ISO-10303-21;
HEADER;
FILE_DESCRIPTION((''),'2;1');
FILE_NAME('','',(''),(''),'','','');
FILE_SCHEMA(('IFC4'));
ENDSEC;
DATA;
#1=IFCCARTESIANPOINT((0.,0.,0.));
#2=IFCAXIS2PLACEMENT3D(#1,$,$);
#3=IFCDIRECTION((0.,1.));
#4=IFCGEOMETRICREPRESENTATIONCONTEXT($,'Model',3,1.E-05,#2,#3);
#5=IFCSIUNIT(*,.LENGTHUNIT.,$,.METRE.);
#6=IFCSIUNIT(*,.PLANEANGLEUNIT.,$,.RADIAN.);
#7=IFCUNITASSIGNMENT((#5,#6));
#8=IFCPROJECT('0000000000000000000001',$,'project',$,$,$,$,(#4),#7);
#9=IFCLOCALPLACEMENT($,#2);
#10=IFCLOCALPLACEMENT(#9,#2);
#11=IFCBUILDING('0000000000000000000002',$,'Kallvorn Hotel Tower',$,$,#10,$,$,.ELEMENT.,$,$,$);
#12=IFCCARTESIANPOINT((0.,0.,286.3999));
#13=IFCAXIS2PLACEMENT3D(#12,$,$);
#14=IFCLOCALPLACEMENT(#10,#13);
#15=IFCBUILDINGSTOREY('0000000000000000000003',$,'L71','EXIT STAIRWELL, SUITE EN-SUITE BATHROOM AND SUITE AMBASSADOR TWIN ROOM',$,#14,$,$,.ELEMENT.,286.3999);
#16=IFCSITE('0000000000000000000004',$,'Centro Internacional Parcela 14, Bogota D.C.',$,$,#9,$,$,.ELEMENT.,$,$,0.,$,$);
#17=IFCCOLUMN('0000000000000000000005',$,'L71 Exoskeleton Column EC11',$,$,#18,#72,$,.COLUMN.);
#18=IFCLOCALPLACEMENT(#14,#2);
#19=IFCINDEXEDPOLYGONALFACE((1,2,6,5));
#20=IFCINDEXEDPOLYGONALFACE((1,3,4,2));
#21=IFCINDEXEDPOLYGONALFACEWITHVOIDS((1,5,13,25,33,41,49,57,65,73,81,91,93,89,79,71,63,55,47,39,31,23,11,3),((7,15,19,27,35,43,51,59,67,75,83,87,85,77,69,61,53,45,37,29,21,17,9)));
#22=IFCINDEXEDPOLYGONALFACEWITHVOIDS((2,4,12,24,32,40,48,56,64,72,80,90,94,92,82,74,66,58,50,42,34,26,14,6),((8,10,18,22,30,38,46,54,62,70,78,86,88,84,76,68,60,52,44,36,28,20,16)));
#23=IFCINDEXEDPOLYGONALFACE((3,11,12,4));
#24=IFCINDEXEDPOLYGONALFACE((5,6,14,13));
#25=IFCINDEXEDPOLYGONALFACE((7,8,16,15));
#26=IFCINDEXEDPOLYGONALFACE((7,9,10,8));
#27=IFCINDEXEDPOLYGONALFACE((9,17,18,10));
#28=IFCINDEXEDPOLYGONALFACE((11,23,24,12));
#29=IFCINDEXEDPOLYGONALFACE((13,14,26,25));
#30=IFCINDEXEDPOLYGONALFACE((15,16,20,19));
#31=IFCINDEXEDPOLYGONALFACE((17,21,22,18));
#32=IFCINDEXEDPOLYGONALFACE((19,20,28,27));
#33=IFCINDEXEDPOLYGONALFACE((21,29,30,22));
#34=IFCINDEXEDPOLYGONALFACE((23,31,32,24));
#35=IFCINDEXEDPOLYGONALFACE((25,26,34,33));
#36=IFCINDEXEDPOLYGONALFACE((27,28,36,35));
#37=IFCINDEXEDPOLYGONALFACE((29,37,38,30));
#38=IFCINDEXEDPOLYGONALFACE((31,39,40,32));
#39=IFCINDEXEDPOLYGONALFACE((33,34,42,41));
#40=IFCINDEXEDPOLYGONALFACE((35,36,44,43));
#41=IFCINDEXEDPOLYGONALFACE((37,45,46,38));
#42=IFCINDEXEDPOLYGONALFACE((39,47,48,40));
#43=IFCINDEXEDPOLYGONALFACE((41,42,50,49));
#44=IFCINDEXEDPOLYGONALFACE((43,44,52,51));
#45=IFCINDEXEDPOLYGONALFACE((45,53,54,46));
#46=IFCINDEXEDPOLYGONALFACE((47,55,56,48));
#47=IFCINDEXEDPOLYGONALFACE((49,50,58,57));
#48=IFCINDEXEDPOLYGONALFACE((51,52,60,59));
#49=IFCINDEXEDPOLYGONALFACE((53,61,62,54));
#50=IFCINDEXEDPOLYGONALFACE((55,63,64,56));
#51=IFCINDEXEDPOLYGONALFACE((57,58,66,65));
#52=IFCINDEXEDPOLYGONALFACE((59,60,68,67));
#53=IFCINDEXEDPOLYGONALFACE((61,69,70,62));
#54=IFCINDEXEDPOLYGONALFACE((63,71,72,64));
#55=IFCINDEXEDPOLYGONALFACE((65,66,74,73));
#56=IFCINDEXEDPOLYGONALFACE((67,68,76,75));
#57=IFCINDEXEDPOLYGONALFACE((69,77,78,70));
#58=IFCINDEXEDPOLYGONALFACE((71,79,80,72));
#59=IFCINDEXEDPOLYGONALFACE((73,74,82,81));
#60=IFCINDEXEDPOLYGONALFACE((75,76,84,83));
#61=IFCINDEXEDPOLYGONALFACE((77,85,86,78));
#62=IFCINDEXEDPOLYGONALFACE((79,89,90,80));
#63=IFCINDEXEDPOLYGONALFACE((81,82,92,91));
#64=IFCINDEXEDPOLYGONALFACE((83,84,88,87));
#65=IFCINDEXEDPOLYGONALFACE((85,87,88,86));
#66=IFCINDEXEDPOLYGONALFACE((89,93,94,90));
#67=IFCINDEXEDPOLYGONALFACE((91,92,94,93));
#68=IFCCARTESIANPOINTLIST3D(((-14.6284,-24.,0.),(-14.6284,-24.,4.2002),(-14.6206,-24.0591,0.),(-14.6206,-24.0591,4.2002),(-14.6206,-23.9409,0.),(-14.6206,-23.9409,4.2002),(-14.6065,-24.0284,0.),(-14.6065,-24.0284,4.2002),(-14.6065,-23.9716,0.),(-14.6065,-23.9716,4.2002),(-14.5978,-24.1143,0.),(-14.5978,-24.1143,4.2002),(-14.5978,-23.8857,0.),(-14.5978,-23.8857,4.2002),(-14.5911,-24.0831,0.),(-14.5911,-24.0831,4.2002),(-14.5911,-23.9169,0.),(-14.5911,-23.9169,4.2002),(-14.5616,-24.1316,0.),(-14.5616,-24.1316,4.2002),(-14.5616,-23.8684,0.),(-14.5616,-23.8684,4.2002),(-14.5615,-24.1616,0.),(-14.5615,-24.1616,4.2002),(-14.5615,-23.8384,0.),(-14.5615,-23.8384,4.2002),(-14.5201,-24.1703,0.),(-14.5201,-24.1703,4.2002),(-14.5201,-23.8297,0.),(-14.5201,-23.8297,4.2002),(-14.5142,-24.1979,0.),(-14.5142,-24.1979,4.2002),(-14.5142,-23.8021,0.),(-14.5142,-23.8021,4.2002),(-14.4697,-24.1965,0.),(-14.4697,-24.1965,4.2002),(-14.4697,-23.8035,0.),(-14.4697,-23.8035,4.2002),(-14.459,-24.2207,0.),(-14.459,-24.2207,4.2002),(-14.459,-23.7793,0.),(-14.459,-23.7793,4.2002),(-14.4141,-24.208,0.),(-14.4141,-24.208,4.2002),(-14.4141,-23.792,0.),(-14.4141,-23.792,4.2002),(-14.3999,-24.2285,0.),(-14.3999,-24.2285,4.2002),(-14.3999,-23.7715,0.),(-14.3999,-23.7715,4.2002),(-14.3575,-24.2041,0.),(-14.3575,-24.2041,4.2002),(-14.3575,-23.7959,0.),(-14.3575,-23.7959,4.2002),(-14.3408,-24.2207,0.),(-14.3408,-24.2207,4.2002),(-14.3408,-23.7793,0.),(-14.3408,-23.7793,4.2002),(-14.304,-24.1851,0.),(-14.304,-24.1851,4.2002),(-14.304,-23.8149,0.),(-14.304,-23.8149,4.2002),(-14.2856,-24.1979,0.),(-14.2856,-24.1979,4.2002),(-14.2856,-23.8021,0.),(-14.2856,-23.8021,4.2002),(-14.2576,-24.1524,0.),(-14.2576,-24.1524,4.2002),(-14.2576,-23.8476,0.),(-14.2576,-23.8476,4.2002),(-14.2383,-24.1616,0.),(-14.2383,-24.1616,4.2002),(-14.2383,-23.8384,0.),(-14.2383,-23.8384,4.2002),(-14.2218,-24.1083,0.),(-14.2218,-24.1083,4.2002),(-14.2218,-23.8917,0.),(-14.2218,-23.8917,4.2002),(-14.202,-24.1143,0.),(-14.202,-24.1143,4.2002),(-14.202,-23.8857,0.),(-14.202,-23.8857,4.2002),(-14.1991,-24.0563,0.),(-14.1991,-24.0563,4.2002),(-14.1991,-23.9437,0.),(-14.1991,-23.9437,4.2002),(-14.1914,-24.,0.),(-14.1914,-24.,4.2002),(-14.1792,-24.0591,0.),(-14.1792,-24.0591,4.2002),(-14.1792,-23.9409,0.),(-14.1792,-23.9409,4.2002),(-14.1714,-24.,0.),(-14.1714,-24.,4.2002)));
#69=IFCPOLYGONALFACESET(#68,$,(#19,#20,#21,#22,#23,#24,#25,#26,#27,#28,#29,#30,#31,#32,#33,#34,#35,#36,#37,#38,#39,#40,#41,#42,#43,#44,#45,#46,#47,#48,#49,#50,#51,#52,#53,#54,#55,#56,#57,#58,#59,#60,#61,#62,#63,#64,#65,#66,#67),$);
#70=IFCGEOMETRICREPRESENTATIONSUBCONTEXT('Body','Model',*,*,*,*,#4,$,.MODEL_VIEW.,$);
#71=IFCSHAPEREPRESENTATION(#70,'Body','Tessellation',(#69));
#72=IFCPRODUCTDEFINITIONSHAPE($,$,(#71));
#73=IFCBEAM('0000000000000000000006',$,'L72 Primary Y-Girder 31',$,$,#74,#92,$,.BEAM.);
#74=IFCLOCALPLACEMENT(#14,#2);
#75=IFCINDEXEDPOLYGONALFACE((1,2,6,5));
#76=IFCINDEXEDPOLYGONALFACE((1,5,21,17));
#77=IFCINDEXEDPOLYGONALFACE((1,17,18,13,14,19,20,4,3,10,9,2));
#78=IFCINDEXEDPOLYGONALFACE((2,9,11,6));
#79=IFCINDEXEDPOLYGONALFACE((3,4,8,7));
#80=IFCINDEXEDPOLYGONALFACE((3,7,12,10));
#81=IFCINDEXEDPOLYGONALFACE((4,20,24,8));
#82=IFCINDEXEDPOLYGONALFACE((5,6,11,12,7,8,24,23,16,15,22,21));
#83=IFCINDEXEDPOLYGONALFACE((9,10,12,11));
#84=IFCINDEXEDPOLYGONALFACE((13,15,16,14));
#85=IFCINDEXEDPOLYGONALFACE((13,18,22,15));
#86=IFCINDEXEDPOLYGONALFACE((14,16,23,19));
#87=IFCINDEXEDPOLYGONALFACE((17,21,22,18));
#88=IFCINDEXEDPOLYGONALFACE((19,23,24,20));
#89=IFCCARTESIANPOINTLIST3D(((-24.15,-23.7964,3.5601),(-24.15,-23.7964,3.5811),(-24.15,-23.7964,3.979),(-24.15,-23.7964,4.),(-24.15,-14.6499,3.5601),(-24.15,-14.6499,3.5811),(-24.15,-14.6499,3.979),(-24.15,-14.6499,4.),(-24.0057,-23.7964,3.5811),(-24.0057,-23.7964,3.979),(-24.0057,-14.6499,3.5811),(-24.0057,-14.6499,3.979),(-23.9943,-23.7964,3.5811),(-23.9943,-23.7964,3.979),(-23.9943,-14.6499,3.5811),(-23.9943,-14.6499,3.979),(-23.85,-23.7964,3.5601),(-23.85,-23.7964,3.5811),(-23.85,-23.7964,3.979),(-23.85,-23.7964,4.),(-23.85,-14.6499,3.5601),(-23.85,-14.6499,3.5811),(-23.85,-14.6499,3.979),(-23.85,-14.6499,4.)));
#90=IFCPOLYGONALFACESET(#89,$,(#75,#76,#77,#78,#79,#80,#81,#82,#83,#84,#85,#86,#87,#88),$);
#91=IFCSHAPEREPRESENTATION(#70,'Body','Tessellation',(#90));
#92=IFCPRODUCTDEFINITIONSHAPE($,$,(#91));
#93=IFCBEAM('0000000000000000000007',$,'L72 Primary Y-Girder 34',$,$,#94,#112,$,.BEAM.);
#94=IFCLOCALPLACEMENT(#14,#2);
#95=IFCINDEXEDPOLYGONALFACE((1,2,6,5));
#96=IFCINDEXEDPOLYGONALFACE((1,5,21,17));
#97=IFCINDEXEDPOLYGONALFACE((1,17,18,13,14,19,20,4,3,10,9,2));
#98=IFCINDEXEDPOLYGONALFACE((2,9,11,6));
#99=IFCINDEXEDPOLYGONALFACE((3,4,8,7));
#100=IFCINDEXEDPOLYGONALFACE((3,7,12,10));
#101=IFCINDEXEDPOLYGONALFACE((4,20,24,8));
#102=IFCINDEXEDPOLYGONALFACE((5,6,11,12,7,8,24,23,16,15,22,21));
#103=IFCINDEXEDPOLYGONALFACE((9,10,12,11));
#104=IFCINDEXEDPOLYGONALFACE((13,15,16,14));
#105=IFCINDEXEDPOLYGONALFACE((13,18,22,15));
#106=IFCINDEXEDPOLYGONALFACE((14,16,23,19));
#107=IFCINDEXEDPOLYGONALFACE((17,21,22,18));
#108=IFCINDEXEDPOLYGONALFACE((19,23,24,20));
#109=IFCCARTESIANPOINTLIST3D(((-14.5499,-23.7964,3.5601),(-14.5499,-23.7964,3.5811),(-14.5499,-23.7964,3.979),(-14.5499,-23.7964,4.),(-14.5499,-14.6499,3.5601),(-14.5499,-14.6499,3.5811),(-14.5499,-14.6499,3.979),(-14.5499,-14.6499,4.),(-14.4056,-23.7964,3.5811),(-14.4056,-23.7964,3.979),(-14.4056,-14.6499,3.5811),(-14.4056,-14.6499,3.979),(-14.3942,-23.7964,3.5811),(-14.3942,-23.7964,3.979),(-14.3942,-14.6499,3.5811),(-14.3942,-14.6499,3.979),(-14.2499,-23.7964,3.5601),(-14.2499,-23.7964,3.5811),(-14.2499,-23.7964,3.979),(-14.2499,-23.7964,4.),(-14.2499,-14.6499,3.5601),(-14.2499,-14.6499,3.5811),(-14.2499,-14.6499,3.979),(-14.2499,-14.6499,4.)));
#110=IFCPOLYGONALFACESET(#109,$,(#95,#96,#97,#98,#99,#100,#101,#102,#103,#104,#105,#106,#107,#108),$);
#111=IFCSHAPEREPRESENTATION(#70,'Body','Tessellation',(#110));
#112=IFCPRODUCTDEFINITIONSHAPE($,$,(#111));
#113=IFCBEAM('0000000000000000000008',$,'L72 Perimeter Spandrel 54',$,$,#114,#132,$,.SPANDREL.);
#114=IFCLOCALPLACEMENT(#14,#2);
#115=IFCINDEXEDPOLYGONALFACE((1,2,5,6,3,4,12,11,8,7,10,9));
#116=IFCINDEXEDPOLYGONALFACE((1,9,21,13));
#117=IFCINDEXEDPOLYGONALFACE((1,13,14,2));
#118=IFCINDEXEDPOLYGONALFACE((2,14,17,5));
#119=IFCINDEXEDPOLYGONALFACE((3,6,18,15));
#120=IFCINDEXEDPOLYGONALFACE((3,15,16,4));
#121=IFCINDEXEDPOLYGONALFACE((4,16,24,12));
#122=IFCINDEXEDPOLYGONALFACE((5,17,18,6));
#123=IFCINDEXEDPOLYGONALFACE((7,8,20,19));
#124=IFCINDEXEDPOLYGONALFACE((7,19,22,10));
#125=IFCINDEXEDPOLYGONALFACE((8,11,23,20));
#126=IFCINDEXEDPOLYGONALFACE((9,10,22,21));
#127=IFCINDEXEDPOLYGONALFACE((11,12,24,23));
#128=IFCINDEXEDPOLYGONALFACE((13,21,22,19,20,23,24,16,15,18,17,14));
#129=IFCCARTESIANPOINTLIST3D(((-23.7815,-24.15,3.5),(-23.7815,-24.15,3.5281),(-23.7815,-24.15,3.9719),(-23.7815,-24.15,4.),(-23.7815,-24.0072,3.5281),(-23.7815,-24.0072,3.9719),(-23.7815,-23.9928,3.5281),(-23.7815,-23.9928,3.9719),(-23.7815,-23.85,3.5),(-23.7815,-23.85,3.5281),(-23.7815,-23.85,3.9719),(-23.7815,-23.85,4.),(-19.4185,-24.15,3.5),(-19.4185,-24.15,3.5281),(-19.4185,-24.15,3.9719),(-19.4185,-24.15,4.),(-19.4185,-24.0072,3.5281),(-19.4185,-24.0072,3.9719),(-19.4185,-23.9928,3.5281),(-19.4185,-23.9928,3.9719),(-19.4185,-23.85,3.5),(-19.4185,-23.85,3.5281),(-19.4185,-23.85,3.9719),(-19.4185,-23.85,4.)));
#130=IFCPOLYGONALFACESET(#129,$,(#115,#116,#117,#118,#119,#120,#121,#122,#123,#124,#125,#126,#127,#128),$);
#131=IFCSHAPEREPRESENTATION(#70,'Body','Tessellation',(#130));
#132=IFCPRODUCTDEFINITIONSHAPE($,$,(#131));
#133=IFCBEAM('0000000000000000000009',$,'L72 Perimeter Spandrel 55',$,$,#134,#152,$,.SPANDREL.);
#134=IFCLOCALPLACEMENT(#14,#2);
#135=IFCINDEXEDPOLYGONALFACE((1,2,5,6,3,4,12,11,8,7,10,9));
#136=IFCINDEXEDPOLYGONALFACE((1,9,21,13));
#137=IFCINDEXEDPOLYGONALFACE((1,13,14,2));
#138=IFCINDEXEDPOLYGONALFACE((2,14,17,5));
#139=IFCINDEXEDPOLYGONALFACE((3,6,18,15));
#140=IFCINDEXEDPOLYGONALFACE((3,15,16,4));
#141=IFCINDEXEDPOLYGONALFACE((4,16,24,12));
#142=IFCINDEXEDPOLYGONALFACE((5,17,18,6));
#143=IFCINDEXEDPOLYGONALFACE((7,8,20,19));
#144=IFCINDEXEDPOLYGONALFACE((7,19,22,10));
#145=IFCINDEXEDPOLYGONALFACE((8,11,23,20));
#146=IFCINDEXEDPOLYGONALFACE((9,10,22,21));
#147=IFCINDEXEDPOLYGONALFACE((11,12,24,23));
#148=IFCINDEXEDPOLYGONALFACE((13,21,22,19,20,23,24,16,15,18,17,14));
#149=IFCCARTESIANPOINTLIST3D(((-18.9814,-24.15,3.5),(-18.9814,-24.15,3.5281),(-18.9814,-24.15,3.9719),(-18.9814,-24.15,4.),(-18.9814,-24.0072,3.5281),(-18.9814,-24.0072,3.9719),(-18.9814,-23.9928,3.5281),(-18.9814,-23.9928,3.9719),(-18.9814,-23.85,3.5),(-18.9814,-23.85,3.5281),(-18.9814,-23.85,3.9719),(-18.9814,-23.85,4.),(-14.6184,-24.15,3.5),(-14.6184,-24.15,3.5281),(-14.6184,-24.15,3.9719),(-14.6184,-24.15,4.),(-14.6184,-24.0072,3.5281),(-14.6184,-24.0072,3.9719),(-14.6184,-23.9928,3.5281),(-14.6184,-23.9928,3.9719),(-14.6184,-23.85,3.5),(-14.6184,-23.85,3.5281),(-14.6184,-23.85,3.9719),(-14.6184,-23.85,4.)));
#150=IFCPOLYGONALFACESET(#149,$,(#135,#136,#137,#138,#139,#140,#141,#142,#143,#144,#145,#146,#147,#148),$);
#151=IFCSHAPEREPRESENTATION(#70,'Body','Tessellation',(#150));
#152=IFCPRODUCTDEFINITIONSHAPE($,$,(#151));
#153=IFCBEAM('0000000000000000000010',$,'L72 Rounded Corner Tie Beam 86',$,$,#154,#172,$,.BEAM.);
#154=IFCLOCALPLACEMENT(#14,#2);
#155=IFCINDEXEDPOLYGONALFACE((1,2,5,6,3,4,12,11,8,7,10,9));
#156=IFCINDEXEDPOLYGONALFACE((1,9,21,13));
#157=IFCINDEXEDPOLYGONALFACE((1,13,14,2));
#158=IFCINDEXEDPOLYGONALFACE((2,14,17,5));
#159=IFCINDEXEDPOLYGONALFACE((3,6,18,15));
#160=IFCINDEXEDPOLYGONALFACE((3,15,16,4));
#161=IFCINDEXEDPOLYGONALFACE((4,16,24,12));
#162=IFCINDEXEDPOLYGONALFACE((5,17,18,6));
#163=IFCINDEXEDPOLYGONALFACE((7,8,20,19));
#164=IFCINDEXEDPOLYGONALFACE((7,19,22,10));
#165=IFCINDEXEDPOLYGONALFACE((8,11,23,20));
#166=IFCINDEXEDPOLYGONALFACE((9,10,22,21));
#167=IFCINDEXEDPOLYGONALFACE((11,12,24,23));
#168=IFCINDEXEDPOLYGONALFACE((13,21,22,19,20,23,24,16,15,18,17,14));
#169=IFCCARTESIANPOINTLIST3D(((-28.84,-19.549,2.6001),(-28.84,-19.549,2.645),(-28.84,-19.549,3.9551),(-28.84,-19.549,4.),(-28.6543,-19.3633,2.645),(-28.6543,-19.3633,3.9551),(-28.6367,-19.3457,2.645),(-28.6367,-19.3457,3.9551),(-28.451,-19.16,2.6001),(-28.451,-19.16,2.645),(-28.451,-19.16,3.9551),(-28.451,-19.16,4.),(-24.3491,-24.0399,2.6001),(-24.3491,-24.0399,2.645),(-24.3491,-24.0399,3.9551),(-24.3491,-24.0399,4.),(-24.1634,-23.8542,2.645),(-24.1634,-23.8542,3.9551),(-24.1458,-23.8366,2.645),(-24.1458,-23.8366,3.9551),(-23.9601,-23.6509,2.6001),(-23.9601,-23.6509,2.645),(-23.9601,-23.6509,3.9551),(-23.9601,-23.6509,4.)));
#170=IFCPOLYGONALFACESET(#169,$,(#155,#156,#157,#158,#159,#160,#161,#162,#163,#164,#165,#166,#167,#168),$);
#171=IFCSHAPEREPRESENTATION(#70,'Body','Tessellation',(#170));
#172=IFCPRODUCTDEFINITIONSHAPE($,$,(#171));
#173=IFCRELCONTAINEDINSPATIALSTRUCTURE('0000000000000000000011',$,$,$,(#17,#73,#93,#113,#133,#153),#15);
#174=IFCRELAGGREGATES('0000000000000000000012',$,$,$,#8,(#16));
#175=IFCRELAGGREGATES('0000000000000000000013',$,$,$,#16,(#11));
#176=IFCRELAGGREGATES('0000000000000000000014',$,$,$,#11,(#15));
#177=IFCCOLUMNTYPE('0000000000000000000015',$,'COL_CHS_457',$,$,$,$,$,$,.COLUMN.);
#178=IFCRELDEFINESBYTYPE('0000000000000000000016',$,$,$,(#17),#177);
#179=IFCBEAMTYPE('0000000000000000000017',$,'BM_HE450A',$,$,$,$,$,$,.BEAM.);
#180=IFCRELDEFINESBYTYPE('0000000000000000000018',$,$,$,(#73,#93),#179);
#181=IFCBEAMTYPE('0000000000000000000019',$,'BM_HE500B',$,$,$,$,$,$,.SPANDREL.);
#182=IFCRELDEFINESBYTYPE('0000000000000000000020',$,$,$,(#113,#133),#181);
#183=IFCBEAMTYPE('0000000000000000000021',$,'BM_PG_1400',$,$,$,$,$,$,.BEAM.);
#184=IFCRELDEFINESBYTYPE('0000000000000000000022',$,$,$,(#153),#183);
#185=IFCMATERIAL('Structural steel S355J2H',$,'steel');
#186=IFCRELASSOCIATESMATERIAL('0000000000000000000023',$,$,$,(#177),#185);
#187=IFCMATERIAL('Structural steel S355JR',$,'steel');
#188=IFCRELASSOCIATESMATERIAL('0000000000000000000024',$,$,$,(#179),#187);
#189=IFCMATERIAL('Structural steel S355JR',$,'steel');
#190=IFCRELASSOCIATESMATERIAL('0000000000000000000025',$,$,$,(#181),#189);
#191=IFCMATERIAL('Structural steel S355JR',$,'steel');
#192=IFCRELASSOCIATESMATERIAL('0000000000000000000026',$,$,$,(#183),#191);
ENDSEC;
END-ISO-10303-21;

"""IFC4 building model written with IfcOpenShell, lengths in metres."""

from ifc_helpers import new_model, si_unit, direction, frame, origin, origin_2d, place, context, subcontext, project, spatial, hollow_circle, i_section, extrude, material, material_profile, profile_set, type_object, element, save


model = new_model("IFC4")

# Units and contexts
model_context = context("Model", 3, precision=1e-05, world=origin(), true_north=direction((0.0, 1.0)))
body_context = subcontext(model_context, "Body", "Model", "MODEL_VIEW")
ifc_project = project(units=[si_unit("LENGTHUNIT", "METRE"), si_unit("PLANEANGLEUNIT", "RADIAN")], contexts=[model_context])

# Site, building, storey
site_placement = place(None, origin())
site = spatial("IfcSite", under=ifc_project, at=site_placement, Name="Centro Internacional Parcela 14, Bogota D.C.", CompositionType="ELEMENT", RefElevation=0.0)
building_placement = place(site_placement, origin())
building = spatial("IfcBuilding", under=site, at=building_placement, Name="Kallvorn Hotel Tower", CompositionType="ELEMENT")
storey_placement = place(building_placement, frame((0.0, 0.0, 286.3999)))
storey = spatial("IfcBuildingStorey", under=building, at=storey_placement, Name="L71", Description="EXIT STAIRWELL, SUITE EN-SUITE BATHROOM AND SUITE AMBASSADOR TWIN ROOM", CompositionType="ELEMENT", Elevation=286.3999)

# Column
ifc_material_1 = material(Name="Structural steel S355J2H", Category="steel")
ifc_material_profile_1 = material_profile(ifc_material_1, hollow_circle(Radius=0.2285, WallThickness=0.02, at=origin_2d()), Name="CHS 457x20")
ifc_profile_set_1 = profile_set([ifc_material_profile_1], Name="Structural steel S355J2H")
column_type = type_object("IfcColumnType", Name="COL_CHS_457", PredefinedType="COLUMN", material=ifc_profile_set_1)
for number, where, z_axis, x_axis, name in (
    (1, (-14.3999, -24.0, 0.0), (0.0, 0.0, 1.0), (1.0, 0.0, 0.0), "L71 Exoskeleton Column EC11"),
):
    element("IfcColumn", number, at=place(storey_placement, frame(where, z_axis=z_axis, x_axis=x_axis)), inside=storey, type_object=column_type, Name=name, PredefinedType="COLUMN", context=body_context, shape_type="SweptSolid", body=[
        extrude(hollow_circle(Radius=0.2285, WallThickness=0.02, at=origin_2d()), origin(), (0.0, 0.0, 1.0), 4.2002),
    ])

# Beams
ifc_material_2 = material(Name="Structural steel S355JR", Category="steel")
ifc_material_profile_2 = material_profile(ifc_material_2, i_section(OverallWidth=0.3, OverallDepth=0.4399, WebThickness=0.0115, FlangeThickness=0.021, at=origin_2d()), Name="HE 450 A")
ifc_profile_set_2 = profile_set([ifc_material_profile_2], Name="Structural steel S355JR")
beam_type_1 = type_object("IfcBeamType", Name="BM_HE450A", PredefinedType="BEAM", material=ifc_profile_set_2)
for number, where, z_axis, x_axis, name in (
    (2, (-24.0, -23.7964, 3.78), (0.0, 1.0, 0.0), (-1.0, 0.0, 0.0), "L72 Primary Y-Girder 31"),
    (3, (-14.3999, -23.7964, 3.78), (0.0, 1.0, 0.0), (-1.0, 0.0, 0.0), "L72 Primary Y-Girder 34"),
):
    element("IfcBeam", number, at=place(storey_placement, frame(where, z_axis=z_axis, x_axis=x_axis)), inside=storey, type_object=beam_type_1, Name=name, PredefinedType="BEAM", context=body_context, shape_type="SweptSolid", body=[
        extrude(i_section(OverallWidth=0.3, OverallDepth=0.4399, WebThickness=0.0115, FlangeThickness=0.021, at=origin_2d()), origin(), (0.0, 0.0, 1.0), 9.1465),
    ])
ifc_material_3 = material(Name="Structural steel S355JR", Category="steel")
ifc_material_profile_3 = material_profile(ifc_material_3, i_section(OverallWidth=0.3, OverallDepth=0.5, WebThickness=0.0144, FlangeThickness=0.0281, at=origin_2d()), Name="HE 500 B")
ifc_profile_set_3 = profile_set([ifc_material_profile_3], Name="Structural steel S355JR")
beam_type_2 = type_object("IfcBeamType", Name="BM_HE500B", PredefinedType="SPANDREL", material=ifc_profile_set_3)
for number, where, z_axis, x_axis, name in (
    (4, (-23.7815, -24.0, 3.75), (1.0, 0.0, 0.0), (0.0, 1.0, 0.0), "L72 Perimeter Spandrel 54"),
    (5, (-18.9814, -24.0, 3.75), (1.0, 0.0, 0.0), (0.0, 1.0, 0.0), "L72 Perimeter Spandrel 55"),
):
    element("IfcBeam", number, at=place(storey_placement, frame(where, z_axis=z_axis, x_axis=x_axis)), inside=storey, type_object=beam_type_2, Name=name, PredefinedType="SPANDREL", context=body_context, shape_type="SweptSolid", body=[
        extrude(i_section(OverallWidth=0.3, OverallDepth=0.5, WebThickness=0.0144, FlangeThickness=0.0281, at=origin_2d()), origin(), (0.0, 0.0, 1.0), 4.363),
    ])
ifc_material_4 = material(Name="Structural steel S355JR", Category="steel")
ifc_material_profile_4 = material_profile(ifc_material_4, i_section(OverallWidth=0.55, OverallDepth=1.3999, WebThickness=0.0249, FlangeThickness=0.0449, at=origin_2d()), Name="PG 1400x550x25x45")
ifc_profile_set_4 = profile_set([ifc_material_profile_4], Name="Structural steel S355JR")
beam_type_3 = type_object("IfcBeamType", Name="BM_PG_1400", PredefinedType="BEAM", material=ifc_profile_set_4)
beam_placement = place(storey_placement, frame((-28.6455, -19.3545, 3.3), z_axis=(0.707107, -0.707107, 0.0), x_axis=(0.707107, 0.707107, 0.0)))
element("IfcBeam", 6, at=beam_placement, inside=storey, type_object=beam_type_3, Name="L72 Rounded Corner Tie Beam 86", PredefinedType="BEAM", context=body_context, shape_type="SweptSolid", body=[
    extrude(i_section(OverallWidth=0.55, OverallDepth=1.3999, WebThickness=0.0249, FlangeThickness=0.0449, at=origin_2d()), origin(), (0.0, 0.0, 1.0), 6.3511),
])

save(model, "model.ifc")
